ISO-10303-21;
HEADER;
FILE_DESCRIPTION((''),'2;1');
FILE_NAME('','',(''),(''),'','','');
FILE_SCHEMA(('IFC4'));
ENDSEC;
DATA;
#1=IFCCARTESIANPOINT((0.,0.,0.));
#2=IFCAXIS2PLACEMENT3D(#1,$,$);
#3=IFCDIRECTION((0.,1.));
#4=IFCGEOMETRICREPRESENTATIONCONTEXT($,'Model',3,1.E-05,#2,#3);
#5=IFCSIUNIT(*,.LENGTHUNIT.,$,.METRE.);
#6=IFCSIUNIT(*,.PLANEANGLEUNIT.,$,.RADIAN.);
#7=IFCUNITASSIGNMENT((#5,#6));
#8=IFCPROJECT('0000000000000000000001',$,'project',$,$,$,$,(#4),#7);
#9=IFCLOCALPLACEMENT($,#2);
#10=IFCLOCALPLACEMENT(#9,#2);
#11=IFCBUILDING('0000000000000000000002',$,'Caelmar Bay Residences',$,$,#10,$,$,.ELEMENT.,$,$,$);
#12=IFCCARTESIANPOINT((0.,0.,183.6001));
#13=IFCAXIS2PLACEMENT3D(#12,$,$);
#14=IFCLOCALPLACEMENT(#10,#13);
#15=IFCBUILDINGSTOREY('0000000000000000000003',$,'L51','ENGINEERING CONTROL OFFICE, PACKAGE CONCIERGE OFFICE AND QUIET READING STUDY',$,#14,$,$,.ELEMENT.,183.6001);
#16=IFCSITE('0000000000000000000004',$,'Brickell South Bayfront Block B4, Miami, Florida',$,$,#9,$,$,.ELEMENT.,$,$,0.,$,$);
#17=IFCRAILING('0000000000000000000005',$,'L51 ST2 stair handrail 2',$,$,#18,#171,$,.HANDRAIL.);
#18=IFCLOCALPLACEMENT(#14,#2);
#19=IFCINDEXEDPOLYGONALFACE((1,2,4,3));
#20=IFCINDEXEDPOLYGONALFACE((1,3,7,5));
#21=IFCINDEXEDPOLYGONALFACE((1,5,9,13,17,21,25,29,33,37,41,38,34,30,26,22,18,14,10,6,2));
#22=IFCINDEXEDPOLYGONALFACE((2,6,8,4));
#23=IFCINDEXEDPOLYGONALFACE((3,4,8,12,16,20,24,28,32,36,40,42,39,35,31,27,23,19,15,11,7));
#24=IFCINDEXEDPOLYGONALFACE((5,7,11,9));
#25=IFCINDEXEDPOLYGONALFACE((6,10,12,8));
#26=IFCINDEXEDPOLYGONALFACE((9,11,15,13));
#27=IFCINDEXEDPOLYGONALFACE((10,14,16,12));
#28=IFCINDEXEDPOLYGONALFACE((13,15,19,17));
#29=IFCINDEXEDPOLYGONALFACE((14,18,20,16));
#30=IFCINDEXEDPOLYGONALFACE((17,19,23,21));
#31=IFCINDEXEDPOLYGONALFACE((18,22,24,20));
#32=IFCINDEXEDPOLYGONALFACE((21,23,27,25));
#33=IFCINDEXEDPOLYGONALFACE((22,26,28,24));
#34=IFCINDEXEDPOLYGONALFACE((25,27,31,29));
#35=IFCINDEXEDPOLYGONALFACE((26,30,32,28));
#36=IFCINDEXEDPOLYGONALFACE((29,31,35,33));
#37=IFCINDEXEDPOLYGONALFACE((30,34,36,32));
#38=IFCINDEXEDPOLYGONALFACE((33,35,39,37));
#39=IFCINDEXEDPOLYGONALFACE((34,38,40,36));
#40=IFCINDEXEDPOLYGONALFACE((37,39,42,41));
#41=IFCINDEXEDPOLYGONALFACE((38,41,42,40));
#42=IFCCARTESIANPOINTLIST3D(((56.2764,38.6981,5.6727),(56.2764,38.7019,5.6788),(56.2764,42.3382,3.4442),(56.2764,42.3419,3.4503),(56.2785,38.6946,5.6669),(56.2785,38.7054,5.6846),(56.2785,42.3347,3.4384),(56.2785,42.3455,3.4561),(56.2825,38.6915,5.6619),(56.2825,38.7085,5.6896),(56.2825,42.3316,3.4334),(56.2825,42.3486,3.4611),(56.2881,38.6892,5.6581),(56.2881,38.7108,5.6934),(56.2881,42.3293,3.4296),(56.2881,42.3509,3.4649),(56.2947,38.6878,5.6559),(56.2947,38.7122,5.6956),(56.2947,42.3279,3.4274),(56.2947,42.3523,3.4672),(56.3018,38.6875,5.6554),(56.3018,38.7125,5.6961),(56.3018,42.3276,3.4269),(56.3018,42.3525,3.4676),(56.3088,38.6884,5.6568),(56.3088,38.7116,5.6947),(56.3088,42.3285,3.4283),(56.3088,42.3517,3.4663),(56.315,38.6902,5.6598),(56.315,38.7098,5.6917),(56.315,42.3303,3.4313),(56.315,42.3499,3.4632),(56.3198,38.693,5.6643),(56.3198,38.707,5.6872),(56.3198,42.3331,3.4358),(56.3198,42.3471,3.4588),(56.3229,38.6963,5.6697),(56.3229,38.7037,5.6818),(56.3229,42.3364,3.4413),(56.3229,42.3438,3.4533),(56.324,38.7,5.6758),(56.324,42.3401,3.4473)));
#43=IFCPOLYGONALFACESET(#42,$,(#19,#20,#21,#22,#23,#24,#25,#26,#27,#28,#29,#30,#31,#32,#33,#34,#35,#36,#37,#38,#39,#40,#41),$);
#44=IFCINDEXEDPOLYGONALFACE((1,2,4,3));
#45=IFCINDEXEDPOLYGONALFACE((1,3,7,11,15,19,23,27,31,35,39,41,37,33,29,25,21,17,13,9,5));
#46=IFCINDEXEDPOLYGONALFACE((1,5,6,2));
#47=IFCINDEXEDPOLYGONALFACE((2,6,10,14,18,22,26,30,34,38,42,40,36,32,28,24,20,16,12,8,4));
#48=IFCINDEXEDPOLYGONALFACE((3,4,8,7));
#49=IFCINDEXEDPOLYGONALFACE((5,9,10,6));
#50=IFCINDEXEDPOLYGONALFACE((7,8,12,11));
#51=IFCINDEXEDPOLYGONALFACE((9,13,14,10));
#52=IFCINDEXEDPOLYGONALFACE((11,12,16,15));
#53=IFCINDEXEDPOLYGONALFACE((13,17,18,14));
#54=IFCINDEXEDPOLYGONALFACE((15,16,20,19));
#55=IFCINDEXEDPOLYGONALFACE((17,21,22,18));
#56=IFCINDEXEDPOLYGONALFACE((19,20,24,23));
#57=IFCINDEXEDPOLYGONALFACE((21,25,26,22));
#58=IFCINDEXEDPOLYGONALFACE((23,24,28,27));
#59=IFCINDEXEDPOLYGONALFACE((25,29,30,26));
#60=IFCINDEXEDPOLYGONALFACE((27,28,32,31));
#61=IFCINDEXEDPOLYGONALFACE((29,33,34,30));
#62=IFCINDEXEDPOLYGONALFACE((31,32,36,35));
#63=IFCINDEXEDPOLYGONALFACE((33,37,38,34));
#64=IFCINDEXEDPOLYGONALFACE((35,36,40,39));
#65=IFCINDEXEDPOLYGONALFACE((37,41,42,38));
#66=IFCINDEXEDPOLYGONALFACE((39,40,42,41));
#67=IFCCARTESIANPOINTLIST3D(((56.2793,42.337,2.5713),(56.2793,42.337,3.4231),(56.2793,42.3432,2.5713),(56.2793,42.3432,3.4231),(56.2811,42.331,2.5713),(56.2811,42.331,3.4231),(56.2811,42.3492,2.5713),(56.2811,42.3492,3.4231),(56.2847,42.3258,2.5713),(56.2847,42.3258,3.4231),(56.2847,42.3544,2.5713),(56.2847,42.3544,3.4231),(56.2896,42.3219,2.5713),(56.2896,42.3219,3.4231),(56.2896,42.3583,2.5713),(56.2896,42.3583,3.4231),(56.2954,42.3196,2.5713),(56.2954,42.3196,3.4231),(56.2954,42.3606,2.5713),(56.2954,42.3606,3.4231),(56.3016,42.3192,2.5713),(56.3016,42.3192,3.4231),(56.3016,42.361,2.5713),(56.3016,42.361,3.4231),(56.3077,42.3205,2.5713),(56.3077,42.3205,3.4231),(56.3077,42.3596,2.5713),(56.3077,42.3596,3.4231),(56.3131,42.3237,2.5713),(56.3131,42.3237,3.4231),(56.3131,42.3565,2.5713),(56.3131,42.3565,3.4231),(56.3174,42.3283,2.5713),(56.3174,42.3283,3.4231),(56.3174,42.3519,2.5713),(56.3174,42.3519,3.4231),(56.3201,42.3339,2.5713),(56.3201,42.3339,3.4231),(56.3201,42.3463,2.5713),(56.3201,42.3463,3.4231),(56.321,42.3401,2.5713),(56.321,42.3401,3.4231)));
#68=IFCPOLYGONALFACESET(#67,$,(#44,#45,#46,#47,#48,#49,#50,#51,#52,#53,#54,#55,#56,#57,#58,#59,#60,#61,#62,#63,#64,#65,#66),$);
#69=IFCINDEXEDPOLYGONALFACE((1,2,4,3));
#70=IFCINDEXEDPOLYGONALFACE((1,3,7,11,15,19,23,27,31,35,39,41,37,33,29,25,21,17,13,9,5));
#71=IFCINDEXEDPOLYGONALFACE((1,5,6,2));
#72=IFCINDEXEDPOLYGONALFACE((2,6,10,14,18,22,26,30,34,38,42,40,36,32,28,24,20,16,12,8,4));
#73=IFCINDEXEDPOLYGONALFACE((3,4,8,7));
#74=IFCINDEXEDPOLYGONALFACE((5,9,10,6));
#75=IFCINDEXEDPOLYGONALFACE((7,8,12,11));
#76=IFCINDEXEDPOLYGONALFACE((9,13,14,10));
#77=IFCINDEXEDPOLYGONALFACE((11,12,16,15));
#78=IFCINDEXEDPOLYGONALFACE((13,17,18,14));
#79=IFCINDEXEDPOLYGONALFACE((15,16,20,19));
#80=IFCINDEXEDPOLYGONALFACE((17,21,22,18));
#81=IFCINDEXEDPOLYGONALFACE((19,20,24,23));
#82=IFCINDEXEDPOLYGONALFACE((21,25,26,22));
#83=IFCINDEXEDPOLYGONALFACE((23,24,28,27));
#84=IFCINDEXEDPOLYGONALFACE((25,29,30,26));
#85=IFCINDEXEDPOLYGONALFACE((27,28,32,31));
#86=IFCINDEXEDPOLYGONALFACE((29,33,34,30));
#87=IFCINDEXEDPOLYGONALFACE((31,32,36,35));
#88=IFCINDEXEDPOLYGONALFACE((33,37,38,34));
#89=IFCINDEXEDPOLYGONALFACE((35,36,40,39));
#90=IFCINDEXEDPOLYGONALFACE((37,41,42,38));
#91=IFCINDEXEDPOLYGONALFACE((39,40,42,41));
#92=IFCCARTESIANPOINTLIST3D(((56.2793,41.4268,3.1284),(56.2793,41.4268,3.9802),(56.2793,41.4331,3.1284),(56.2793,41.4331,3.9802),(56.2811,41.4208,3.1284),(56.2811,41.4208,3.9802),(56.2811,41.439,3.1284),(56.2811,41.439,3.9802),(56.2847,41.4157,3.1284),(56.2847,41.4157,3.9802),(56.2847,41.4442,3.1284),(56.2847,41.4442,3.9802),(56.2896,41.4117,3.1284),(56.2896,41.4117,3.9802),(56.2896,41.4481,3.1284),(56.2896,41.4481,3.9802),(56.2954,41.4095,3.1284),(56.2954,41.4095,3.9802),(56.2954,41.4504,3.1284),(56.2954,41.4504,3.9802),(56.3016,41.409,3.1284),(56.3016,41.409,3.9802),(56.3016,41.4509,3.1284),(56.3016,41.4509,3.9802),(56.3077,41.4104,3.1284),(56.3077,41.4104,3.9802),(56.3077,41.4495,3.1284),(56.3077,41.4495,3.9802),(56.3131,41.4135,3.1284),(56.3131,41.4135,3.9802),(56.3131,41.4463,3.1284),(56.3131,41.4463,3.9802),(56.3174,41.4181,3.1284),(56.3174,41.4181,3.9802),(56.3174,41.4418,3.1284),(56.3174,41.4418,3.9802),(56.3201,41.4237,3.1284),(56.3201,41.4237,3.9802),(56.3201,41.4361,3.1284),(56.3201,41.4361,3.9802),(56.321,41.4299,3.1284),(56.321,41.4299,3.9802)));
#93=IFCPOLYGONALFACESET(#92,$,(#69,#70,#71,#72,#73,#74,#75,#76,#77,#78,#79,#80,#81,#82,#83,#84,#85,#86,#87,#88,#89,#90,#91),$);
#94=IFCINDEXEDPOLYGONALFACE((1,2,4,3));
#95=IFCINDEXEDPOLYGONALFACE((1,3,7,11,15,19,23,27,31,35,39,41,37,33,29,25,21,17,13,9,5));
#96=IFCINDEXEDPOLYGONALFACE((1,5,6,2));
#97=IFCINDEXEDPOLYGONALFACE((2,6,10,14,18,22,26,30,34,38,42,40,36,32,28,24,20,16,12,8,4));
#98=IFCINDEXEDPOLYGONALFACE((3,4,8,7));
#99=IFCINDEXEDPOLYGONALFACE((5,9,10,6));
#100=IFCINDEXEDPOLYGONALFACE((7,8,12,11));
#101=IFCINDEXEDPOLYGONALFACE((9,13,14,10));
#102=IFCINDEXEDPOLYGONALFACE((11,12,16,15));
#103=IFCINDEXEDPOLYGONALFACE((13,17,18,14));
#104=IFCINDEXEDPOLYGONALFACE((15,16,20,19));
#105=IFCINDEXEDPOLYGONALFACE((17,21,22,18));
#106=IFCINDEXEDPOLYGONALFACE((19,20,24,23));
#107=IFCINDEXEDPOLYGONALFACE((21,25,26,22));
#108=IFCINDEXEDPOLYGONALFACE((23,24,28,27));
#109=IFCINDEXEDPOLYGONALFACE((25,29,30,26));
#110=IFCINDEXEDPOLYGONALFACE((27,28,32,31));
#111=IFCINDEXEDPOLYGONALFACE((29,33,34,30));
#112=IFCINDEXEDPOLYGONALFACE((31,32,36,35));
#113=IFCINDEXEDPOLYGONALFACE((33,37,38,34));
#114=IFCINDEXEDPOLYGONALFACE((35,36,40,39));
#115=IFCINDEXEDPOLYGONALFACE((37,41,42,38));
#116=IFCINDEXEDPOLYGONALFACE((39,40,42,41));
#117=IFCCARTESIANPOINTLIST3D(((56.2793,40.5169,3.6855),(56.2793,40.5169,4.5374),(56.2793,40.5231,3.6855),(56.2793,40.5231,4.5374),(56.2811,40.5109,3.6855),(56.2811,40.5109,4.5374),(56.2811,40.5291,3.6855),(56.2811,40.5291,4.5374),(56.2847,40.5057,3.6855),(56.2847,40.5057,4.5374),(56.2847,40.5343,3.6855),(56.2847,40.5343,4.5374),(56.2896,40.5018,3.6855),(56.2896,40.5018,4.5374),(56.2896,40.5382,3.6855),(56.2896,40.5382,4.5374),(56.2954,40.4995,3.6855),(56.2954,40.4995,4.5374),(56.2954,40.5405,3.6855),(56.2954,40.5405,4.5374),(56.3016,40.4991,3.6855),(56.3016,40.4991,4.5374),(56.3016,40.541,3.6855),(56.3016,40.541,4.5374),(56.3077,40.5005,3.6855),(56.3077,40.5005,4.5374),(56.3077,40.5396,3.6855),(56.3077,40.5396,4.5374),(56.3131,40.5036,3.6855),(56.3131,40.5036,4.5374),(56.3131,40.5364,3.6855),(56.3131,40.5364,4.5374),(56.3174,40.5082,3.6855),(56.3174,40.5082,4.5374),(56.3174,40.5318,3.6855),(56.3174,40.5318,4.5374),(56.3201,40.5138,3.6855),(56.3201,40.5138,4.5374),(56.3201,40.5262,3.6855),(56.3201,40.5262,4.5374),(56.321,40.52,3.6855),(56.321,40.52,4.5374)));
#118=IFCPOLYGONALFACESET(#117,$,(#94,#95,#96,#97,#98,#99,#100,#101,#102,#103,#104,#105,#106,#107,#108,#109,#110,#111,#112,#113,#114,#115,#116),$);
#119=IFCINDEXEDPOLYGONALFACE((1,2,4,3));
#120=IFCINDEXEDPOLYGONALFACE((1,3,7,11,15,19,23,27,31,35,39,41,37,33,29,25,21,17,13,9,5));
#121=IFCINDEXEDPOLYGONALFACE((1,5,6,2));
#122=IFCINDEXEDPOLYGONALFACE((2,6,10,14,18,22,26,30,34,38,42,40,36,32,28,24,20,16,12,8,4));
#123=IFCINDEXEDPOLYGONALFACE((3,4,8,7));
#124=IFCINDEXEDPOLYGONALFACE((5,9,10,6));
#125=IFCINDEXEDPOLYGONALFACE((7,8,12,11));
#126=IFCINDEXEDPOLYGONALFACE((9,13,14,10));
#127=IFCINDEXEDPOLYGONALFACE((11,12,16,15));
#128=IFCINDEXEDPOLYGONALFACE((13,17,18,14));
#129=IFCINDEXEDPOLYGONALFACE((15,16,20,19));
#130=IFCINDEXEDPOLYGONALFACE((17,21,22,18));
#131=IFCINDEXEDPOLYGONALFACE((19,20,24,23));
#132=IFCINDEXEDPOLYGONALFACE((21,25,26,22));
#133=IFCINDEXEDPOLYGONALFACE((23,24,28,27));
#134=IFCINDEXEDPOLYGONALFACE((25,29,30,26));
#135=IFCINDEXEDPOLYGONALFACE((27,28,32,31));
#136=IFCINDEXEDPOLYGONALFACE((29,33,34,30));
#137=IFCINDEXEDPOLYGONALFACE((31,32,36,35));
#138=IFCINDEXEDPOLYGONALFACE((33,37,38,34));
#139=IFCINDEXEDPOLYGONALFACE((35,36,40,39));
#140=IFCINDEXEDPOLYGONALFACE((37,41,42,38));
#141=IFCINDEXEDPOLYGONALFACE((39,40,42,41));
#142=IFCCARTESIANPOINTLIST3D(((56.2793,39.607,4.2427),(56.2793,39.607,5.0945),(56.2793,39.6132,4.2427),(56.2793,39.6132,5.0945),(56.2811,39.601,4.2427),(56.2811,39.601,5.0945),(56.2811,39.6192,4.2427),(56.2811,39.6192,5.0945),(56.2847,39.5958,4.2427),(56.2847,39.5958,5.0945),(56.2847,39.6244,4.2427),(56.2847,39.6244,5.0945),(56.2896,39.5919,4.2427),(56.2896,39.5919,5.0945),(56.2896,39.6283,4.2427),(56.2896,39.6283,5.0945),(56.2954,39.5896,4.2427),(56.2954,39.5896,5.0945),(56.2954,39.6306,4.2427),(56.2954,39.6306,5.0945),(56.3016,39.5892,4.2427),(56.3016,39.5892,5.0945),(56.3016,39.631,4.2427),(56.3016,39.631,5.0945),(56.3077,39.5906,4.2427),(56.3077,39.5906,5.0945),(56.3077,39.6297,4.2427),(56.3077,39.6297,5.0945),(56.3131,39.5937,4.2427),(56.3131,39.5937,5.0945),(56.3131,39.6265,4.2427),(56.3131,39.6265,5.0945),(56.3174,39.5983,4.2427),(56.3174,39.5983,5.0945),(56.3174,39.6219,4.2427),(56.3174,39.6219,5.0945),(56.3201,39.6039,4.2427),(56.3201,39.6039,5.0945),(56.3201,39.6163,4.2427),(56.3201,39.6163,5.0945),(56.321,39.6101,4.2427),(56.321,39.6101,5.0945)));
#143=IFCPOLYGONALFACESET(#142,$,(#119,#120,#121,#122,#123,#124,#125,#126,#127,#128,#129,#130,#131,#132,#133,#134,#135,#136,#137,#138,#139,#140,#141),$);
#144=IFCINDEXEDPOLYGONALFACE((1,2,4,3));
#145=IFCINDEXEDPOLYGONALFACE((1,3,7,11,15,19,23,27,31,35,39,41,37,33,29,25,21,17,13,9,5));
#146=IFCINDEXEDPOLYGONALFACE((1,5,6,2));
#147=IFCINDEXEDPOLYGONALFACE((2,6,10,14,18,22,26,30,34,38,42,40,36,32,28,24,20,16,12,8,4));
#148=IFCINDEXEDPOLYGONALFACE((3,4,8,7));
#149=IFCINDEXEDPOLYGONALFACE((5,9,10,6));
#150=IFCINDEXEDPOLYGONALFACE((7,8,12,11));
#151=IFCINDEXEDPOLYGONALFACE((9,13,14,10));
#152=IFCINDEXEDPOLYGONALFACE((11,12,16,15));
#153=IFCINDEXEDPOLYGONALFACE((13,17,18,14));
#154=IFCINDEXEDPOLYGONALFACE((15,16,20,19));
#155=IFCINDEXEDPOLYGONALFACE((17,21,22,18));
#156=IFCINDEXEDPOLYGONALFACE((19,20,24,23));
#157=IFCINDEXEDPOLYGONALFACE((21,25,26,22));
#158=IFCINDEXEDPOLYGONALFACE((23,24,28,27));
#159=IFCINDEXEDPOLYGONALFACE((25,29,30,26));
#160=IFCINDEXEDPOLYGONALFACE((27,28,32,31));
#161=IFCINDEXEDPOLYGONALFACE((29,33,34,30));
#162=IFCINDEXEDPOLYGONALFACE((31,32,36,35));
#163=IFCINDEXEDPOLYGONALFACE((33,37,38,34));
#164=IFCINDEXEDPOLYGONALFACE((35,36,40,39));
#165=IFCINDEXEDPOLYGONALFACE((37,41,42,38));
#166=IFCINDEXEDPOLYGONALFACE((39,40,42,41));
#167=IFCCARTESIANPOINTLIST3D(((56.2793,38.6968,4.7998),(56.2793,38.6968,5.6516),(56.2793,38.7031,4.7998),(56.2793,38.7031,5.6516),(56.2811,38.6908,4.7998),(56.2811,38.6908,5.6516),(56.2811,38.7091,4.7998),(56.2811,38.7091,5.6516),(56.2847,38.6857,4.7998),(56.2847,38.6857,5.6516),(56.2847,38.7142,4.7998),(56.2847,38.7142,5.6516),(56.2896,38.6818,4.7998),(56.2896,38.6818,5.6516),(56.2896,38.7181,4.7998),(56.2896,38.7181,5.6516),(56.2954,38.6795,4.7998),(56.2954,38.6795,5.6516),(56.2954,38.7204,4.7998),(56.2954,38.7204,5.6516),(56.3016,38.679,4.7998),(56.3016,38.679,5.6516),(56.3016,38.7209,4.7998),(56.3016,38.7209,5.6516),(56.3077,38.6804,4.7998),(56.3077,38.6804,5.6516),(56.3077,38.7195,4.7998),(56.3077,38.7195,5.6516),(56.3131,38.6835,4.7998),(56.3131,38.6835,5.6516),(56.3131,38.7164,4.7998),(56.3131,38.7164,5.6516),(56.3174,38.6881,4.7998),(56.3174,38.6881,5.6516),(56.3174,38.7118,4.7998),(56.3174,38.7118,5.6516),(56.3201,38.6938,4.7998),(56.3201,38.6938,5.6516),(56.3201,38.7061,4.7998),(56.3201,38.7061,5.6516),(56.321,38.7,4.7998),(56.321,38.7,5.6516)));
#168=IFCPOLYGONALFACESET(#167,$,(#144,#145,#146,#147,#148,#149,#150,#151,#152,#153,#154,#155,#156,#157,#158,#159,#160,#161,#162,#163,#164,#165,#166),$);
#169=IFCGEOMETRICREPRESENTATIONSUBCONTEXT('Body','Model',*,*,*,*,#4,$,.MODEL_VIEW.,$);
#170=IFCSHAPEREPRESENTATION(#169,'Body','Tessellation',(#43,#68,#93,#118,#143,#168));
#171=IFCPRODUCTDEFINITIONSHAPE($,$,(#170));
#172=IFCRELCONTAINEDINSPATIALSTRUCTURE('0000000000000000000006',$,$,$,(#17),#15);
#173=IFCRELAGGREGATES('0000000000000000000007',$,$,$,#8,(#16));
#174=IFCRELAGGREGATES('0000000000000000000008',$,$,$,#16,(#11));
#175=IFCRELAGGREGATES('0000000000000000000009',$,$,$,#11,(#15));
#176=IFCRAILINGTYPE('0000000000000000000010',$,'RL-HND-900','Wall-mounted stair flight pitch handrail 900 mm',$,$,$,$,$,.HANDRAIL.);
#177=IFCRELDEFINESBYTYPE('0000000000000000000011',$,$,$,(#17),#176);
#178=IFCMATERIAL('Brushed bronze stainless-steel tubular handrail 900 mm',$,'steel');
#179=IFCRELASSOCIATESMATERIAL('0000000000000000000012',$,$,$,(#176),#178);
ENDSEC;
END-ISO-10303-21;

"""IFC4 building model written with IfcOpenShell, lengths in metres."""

from ifc_helpers import new_model, si_unit, direction, frame, origin, origin_2d, place, context, subcontext, project, spatial, circle, extrude, material, type_object, element, save


model = new_model("IFC4")

# Units and contexts
model_context = context("Model", 3, precision=1e-05, world=origin(), true_north=direction((0.0, 1.0)))
body_context = subcontext(model_context, "Body", "Model", "MODEL_VIEW")
ifc_project = project(units=[si_unit("LENGTHUNIT", "METRE"), si_unit("PLANEANGLEUNIT", "RADIAN")], contexts=[model_context])

# Site, building, storey
site_placement = place(None, origin())
site = spatial("IfcSite", under=ifc_project, at=site_placement, Name="Brickell South Bayfront Block B4, Miami, Florida", CompositionType="ELEMENT", RefElevation=0.0)
building_placement = place(site_placement, origin())
building = spatial("IfcBuilding", under=site, at=building_placement, Name="Caelmar Bay Residences", CompositionType="ELEMENT")
storey_placement = place(building_placement, frame((0.0, 0.0, 183.6001)))
storey = spatial("IfcBuildingStorey", under=building, at=storey_placement, Name="L51", Description="ENGINEERING CONTROL OFFICE, PACKAGE CONCIERGE OFFICE AND QUIET READING STUDY", CompositionType="ELEMENT", Elevation=183.6001)

# Railing
ifc_material_1 = material(Name="Brushed bronze stainless-steel tubular handrail 900 mm", Category="steel")
railing_type_1 = type_object("IfcRailingType", Name="RL-HND-900", Description="Wall-mounted stair flight pitch handrail 900 mm", PredefinedType="HANDRAIL", material=ifc_material_1)
railing_1_placement = place(storey_placement, frame((56.3, 42.3401, 2.5713)))
element("IfcRailing", 1, at=railing_1_placement, inside=storey, type_object=railing_type_1, Name="L51 ST2 stair handrail 2", PredefinedType="HANDRAIL", context=body_context, shape_type="SweptSolid", body=[
    extrude(circle(Radius=0.0239, at=origin_2d()), frame((0.0, 0.0, 0.876), z_axis=(0.0, -0.852866, 0.52213), x_axis=(1.0, 0.0, 0.0)), (0.0, 0.0, 1.0), 4.2681),
    extrude(circle(Radius=0.021, at=origin_2d()), origin(), (0.0, 0.0, 1.0), 0.8518),
    extrude(circle(Radius=0.021, at=origin_2d()), frame((0.0, -0.9102, 0.5571)), (0.0, 0.0, 1.0), 0.8518),
    extrude(circle(Radius=0.021, at=origin_2d()), frame((0.0, -1.8201, 1.1143)), (0.0, 0.0, 1.0), 0.8518),
    extrude(circle(Radius=0.021, at=origin_2d()), frame((0.0, -2.73, 1.6714)), (0.0, 0.0, 1.0), 0.8518),
    extrude(circle(Radius=0.021, at=origin_2d()), frame((0.0, -3.6401, 2.2285)), (0.0, 0.0, 1.0), 0.8518),
])

save(model, "model.ifc")
